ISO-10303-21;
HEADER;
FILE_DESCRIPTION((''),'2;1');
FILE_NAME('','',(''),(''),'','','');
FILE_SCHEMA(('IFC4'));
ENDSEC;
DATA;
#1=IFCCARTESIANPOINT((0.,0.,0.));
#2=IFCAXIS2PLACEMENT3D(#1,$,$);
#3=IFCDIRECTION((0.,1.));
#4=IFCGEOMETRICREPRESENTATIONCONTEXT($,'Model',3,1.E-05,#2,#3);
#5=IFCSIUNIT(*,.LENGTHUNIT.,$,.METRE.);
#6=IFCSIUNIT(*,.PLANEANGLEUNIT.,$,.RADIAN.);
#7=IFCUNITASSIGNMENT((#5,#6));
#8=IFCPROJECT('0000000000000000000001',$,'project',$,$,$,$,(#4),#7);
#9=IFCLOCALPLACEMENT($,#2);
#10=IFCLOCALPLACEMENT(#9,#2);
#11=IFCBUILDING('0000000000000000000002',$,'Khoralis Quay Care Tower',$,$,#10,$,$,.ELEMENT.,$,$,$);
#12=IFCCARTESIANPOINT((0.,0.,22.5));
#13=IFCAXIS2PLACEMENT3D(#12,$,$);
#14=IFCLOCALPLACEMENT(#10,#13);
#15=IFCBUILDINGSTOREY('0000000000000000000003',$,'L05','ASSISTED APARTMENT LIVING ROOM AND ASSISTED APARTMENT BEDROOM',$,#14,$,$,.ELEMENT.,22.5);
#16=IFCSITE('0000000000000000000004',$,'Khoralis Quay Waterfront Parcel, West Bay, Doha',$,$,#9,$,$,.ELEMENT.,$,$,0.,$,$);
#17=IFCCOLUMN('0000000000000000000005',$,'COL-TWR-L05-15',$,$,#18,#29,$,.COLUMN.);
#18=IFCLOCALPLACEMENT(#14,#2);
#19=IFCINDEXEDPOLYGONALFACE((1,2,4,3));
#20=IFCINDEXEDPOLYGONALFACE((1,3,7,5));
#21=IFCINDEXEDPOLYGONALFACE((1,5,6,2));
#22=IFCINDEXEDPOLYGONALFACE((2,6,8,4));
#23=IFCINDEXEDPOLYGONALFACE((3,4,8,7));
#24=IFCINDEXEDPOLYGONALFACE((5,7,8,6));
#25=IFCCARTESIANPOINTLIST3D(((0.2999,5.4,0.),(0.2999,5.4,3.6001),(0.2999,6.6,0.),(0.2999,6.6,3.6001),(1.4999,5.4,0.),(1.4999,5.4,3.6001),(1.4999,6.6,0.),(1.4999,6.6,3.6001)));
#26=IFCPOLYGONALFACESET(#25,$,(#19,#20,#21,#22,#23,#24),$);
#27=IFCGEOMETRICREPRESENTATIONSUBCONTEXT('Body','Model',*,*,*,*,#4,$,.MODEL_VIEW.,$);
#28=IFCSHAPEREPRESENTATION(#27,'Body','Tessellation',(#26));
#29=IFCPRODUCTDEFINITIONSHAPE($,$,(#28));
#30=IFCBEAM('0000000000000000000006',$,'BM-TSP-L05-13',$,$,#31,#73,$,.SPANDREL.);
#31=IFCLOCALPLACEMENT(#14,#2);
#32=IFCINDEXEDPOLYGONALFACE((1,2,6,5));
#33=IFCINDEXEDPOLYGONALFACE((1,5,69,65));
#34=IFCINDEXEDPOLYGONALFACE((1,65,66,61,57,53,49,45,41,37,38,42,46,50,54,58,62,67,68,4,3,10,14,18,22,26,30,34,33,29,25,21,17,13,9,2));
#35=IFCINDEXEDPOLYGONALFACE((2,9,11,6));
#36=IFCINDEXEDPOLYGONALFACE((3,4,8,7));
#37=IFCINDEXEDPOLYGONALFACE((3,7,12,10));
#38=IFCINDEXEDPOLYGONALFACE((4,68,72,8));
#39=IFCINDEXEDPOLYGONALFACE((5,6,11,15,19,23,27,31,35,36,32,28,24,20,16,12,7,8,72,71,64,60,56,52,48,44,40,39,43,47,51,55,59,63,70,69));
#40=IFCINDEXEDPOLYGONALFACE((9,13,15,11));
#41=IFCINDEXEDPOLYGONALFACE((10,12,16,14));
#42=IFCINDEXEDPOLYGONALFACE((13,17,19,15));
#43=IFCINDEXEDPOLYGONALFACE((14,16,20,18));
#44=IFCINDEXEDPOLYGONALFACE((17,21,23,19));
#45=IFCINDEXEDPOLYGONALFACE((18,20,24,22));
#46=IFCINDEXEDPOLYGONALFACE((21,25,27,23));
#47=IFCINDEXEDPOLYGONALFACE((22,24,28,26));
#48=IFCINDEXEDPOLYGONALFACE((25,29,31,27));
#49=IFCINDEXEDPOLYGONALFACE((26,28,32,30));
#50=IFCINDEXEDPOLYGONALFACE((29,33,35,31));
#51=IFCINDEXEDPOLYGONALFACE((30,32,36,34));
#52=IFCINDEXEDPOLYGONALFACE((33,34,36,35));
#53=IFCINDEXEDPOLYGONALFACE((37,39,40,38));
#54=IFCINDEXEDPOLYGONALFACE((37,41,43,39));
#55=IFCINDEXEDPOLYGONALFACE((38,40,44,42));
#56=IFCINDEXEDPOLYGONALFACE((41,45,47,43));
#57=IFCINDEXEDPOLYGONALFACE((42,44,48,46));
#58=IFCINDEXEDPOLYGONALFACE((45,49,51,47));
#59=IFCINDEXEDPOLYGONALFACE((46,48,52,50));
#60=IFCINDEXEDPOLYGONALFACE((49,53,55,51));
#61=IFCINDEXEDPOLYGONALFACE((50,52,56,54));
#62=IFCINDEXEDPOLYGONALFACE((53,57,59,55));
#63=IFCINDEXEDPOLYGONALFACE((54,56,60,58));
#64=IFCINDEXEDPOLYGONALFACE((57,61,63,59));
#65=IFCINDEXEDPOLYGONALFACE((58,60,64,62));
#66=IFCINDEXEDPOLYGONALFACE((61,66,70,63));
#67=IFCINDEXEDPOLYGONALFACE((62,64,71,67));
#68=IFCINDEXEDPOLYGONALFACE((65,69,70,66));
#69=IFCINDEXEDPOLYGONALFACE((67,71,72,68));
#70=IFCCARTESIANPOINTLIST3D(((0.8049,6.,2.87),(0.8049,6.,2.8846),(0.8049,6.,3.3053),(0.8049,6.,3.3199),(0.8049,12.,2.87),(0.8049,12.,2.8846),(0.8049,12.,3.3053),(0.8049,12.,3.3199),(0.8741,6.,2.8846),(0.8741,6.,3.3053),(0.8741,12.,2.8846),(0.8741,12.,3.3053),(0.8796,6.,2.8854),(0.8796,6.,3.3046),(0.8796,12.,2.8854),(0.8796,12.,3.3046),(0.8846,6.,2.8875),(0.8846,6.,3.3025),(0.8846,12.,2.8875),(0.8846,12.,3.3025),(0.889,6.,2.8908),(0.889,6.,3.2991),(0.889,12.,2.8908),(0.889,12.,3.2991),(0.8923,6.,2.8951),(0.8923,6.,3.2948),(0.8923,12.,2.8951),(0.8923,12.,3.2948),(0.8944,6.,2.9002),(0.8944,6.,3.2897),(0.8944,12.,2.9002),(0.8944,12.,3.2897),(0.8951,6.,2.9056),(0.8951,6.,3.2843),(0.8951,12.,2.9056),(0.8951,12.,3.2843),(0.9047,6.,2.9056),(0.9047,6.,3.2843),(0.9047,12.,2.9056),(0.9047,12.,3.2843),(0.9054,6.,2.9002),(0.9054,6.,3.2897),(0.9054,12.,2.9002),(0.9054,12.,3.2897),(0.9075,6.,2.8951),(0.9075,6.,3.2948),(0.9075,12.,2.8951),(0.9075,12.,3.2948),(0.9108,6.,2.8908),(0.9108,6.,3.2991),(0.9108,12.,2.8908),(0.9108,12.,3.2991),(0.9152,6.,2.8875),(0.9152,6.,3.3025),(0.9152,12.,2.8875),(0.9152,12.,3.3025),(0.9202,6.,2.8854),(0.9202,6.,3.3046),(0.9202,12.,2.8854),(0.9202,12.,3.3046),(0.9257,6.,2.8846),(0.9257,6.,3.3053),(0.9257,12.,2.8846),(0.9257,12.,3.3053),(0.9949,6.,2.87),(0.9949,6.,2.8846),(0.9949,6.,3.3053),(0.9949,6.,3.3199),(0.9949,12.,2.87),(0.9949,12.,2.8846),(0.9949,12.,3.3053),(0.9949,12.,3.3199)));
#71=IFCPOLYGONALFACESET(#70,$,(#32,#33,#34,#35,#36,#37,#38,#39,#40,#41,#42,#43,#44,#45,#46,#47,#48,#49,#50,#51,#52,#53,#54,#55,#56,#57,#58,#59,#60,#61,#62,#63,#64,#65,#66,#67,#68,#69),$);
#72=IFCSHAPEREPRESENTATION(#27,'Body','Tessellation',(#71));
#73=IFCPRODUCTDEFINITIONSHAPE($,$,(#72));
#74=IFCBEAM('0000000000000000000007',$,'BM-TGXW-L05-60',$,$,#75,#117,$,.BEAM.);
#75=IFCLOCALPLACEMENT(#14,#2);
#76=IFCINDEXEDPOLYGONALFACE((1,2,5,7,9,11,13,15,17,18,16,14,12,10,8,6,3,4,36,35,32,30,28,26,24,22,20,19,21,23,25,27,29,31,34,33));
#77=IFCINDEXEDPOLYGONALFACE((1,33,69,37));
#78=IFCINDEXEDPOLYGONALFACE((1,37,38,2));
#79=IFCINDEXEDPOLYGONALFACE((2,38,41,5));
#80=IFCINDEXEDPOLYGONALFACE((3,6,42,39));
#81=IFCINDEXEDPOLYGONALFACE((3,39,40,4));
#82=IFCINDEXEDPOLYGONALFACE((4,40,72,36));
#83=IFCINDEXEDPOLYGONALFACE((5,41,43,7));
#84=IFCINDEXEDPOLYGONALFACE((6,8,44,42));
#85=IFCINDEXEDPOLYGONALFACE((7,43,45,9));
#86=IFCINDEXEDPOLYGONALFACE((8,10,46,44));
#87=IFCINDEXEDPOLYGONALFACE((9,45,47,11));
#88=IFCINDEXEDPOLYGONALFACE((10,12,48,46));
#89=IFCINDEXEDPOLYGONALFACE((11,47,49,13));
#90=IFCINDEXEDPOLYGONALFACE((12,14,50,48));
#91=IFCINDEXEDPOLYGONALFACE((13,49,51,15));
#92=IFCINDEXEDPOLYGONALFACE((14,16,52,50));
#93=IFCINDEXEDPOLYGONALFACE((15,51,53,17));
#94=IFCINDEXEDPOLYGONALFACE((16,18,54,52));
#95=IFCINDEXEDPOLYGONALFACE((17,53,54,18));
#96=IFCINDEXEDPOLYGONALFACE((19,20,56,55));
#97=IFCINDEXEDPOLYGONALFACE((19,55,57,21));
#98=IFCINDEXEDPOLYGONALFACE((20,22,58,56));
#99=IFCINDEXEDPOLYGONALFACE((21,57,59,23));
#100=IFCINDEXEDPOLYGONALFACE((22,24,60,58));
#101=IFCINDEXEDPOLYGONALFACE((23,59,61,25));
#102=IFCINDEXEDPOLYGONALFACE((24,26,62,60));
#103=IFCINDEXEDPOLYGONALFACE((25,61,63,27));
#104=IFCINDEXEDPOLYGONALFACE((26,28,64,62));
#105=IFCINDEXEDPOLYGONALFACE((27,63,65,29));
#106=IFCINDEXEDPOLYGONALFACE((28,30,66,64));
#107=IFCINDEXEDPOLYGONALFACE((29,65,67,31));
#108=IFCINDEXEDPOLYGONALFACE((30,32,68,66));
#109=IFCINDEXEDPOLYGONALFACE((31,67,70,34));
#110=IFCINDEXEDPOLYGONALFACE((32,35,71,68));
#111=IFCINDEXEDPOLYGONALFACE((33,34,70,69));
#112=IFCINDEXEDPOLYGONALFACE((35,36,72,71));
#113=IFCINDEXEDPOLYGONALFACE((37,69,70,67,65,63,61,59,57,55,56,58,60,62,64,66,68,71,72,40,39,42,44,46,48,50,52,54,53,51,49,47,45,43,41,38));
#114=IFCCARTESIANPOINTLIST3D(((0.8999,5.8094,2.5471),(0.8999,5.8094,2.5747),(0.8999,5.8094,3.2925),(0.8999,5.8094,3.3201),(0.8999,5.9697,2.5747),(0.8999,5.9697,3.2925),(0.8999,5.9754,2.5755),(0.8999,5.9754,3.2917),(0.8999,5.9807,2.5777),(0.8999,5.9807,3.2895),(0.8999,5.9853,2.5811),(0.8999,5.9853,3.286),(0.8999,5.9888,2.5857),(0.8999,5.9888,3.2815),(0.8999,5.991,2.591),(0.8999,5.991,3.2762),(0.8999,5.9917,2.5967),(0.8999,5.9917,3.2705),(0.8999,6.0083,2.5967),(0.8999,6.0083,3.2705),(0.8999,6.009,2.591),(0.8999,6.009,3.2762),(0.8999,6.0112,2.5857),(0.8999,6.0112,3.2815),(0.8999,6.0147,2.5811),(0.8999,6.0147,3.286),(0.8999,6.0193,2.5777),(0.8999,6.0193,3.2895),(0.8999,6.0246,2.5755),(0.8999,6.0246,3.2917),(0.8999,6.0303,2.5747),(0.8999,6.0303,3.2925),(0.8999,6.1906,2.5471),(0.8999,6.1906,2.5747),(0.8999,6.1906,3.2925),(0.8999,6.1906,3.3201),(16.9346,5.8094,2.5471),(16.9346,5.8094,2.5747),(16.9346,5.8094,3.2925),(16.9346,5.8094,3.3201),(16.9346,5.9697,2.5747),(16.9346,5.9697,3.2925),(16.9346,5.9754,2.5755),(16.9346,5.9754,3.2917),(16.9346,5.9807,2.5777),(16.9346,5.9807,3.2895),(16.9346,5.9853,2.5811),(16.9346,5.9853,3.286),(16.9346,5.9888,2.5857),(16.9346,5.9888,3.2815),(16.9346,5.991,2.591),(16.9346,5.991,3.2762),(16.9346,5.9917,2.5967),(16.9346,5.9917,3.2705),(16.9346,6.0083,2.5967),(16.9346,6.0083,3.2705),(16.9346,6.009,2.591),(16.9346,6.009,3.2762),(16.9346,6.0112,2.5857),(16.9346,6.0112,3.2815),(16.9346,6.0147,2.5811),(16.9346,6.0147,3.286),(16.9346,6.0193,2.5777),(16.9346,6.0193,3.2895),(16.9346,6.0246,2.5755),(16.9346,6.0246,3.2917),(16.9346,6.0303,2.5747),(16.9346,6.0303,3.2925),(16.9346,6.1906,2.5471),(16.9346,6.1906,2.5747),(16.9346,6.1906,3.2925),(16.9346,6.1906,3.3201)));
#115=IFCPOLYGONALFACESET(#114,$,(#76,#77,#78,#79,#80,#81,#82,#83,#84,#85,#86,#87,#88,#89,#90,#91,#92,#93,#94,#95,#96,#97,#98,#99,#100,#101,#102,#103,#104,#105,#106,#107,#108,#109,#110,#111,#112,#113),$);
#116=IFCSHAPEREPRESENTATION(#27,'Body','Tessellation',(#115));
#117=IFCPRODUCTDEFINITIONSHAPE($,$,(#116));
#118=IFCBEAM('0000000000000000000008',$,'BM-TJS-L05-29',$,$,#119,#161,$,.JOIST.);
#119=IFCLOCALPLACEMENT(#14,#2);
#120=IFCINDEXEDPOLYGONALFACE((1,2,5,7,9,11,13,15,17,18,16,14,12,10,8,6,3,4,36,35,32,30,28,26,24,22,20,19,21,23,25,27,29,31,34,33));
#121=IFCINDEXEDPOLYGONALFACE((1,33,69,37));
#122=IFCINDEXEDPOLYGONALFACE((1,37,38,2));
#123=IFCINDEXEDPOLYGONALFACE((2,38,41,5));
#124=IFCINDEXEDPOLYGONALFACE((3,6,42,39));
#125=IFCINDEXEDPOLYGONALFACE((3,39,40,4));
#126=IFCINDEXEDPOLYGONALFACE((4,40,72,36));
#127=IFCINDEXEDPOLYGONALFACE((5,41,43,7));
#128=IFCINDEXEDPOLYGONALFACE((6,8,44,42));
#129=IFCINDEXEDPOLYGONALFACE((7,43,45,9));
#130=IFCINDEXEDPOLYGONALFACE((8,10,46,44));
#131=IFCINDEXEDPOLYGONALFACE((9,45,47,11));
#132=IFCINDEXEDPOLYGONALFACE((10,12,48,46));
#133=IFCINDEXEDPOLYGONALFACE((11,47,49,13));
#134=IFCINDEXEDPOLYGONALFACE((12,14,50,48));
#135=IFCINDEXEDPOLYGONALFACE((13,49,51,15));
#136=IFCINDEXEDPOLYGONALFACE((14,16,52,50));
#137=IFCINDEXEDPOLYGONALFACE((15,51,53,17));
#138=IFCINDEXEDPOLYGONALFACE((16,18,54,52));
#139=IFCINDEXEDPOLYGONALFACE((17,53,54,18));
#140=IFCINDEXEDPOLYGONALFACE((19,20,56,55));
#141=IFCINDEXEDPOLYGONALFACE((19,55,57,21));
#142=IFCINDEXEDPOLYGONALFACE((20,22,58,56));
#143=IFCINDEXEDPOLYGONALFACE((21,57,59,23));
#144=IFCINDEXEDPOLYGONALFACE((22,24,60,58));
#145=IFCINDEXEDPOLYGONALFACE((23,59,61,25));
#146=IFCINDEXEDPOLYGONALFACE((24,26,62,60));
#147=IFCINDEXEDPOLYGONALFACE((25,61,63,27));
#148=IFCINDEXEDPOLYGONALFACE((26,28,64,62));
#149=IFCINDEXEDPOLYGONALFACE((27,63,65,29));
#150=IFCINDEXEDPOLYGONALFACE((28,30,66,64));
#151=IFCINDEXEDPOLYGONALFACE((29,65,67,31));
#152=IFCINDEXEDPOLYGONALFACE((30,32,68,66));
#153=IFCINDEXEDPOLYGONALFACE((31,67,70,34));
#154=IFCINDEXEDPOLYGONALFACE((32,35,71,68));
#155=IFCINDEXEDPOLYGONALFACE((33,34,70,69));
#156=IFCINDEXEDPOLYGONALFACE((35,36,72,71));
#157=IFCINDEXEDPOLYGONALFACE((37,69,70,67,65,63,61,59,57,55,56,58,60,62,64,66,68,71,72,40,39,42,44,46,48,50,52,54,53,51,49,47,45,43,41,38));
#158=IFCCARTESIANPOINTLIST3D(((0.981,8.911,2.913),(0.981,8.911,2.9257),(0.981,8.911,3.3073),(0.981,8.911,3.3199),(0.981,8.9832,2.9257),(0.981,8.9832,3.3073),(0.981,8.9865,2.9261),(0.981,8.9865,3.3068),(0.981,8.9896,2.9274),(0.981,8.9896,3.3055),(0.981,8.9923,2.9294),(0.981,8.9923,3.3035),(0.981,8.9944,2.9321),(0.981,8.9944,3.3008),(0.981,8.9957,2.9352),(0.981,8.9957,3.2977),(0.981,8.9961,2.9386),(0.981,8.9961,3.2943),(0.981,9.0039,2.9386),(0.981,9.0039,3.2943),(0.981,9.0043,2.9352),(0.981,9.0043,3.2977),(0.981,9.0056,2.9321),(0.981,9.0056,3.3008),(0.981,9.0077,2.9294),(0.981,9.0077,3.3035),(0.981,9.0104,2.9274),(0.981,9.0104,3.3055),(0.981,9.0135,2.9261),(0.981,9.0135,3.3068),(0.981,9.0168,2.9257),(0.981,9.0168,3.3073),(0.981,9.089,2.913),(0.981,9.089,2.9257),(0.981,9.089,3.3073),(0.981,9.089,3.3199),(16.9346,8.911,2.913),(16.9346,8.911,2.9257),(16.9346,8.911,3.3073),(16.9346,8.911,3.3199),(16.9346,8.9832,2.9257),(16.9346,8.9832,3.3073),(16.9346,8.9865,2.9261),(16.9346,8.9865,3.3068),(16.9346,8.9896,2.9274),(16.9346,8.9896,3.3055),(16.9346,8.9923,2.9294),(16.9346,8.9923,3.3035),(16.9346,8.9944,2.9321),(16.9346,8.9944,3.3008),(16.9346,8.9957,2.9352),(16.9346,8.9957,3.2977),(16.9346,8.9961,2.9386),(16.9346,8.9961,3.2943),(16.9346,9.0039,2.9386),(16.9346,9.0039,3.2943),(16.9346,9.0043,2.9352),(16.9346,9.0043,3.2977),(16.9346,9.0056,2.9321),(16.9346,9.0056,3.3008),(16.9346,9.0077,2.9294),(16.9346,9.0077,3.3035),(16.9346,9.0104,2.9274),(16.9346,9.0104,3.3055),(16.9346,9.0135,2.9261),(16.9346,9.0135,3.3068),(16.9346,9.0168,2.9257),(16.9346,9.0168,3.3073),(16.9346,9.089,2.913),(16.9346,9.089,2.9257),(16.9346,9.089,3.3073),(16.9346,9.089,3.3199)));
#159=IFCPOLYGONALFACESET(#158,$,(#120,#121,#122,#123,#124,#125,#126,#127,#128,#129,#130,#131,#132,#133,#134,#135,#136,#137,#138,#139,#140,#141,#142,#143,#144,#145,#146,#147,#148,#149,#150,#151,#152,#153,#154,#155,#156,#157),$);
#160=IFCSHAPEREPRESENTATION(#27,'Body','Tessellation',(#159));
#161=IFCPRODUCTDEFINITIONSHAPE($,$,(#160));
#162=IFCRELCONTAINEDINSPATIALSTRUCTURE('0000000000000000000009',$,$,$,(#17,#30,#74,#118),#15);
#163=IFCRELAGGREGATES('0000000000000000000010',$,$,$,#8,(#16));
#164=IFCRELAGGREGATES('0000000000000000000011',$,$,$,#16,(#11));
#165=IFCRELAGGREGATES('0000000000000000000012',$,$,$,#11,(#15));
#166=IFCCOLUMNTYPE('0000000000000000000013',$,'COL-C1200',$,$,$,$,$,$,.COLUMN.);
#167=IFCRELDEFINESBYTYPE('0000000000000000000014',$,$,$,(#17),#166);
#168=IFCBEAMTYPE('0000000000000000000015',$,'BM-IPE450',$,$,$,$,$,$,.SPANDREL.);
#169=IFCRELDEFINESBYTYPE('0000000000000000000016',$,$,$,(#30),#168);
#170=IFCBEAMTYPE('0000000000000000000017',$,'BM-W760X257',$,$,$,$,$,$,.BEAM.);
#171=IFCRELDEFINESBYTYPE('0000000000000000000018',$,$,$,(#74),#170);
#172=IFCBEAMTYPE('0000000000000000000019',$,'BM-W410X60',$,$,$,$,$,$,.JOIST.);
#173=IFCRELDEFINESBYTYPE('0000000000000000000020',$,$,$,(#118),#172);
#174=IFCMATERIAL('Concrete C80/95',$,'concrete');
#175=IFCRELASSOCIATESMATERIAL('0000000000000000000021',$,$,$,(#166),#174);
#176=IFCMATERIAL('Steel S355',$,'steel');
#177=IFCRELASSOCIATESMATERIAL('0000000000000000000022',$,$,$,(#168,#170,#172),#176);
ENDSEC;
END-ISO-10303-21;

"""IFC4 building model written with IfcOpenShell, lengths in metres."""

from ifc_helpers import new_model, si_unit, direction, frame, origin, origin_2d, place, context, subcontext, project, spatial, rectangle, i_section, extrude, source, transform, mapped, material, material_profile, profile_set, type_object, element, save


model = new_model("IFC4")

# Units and contexts
model_context = context("Model", 3, precision=1e-05, world=origin(), true_north=direction((0.0, 1.0)))
body_context = subcontext(model_context, "Body", "Model", "MODEL_VIEW")
ifc_project = project(units=[si_unit("LENGTHUNIT", "METRE"), si_unit("PLANEANGLEUNIT", "RADIAN")], contexts=[model_context])

# Site, building, storey
site_placement = place(None, origin())
site = spatial("IfcSite", under=ifc_project, at=site_placement, Name="Khoralis Quay Waterfront Parcel, West Bay, Doha", CompositionType="ELEMENT", RefElevation=0.0)
building_placement = place(site_placement, origin())
building = spatial("IfcBuilding", under=site, at=building_placement, Name="Khoralis Quay Care Tower", CompositionType="ELEMENT")
storey_placement = place(building_placement, frame((0.0, 0.0, 22.5)))
storey = spatial("IfcBuildingStorey", under=building, at=storey_placement, Name="L05", Description="ASSISTED APARTMENT LIVING ROOM AND ASSISTED APARTMENT BEDROOM", CompositionType="ELEMENT", Elevation=22.5)

# Column
ifc_material_1 = material(Name="Concrete C80/95", Category="concrete")
ifc_material_profile_1 = material_profile(ifc_material_1, rectangle(XDim=1.2, YDim=1.2, at=origin_2d()), Name="Concrete C80/95")
ifc_profile_set_1 = profile_set([ifc_material_profile_1], Name="Concrete C80/95")
column_type = type_object("IfcColumnType", Name="COL-C1200", PredefinedType="COLUMN", material=ifc_profile_set_1)
shared_shape_1 = source(origin(), body_context, "Body", "SweptSolid", [
    extrude(rectangle(XDim=1.2, YDim=1.2, at=origin_2d()), origin(), (0.0, 0.0, 1.0), 3.6001),
])
column_placement = place(storey_placement, frame((0.8999, 6.0, 0.0), z_axis=(0.0, 0.0, 1.0), x_axis=(1.0, 0.0, 0.0)))
element("IfcColumn", 1, at=column_placement, inside=storey, type_object=column_type, Name="COL-TWR-L05-15", PredefinedType="COLUMN", context=body_context, shape_type="MappedRepresentation", body=[
    mapped(shared_shape_1, transform((0.0, 0.0, 0.0), scale=1.0)),
])

# Beams
ifc_material_2 = material(Name="Steel S355", Category="steel")
ifc_material_profile_2 = material_profile(ifc_material_2, i_section(OverallWidth=0.1899, OverallDepth=0.45, WebThickness=0.0095, FlangeThickness=0.0146, FilletRadius=0.021, at=origin_2d()), Name="Steel S355")
ifc_profile_set_2 = profile_set([ifc_material_profile_2], Name="Steel S355")
beam_type_1 = type_object("IfcBeamType", Name="BM-IPE450", PredefinedType="SPANDREL", material=ifc_profile_set_2)
shared_shape_2 = source(origin(), body_context, "Body", "SweptSolid", [
    extrude(i_section(OverallWidth=0.1899, OverallDepth=0.45, WebThickness=0.0095, FlangeThickness=0.0146, FilletRadius=0.021, at=origin_2d()), origin(), (0.0, 0.0, 1.0), 6.0),
])
beam_1_placement = place(storey_placement, frame((0.8999, 6.0, 3.095), z_axis=(0.0, 1.0, 0.0), x_axis=(-1.0, 0.0, 0.0)))
element("IfcBeam", 2, at=beam_1_placement, inside=storey, type_object=beam_type_1, Name="BM-TSP-L05-13", PredefinedType="SPANDREL", context=body_context, shape_type="MappedRepresentation", body=[
    mapped(shared_shape_2, transform((0.0, 0.0, 0.0), scale=1.0)),
])
ifc_material_profile_3 = material_profile(ifc_material_2, i_section(OverallWidth=0.3811, OverallDepth=0.7729, WebThickness=0.0166, FlangeThickness=0.0276, FilletRadius=0.022, at=origin_2d()), Name="Steel S355")
ifc_profile_set_3 = profile_set([ifc_material_profile_3], Name="Steel S355")
beam_type_2 = type_object("IfcBeamType", Name="BM-W760X257", PredefinedType="BEAM", material=ifc_profile_set_3)
shared_shape_3 = source(origin(), body_context, "Body", "SweptSolid", [
    extrude(i_section(OverallWidth=0.3811, OverallDepth=0.7729, WebThickness=0.0166, FlangeThickness=0.0276, FilletRadius=0.022, at=origin_2d()), origin(), (0.0, 0.0, 1.0), 16.0347),
])
beam_2_placement = place(storey_placement, frame((0.8999, 6.0, 2.9336), z_axis=(1.0, 0.0, 0.0), x_axis=(0.0, 1.0, 0.0)))
element("IfcBeam", 3, at=beam_2_placement, inside=storey, type_object=beam_type_2, Name="BM-TGXW-L05-60", PredefinedType="BEAM", context=body_context, shape_type="MappedRepresentation", body=[
    mapped(shared_shape_3, transform((0.0, 0.0, 0.0), scale=1.0)),
])
ifc_material_profile_4 = material_profile(ifc_material_2, i_section(OverallWidth=0.178, OverallDepth=0.407, WebThickness=0.0078, FlangeThickness=0.0127, FilletRadius=0.0129, at=origin_2d()), Name="Steel S355")
ifc_profile_set_4 = profile_set([ifc_material_profile_4], Name="Steel S355")
beam_type_3 = type_object("IfcBeamType", Name="BM-W410X60", PredefinedType="JOIST", material=ifc_profile_set_4)
shared_shape_4 = source(origin(), body_context, "Body", "SweptSolid", [
    extrude(i_section(OverallWidth=0.178, OverallDepth=0.407, WebThickness=0.0078, FlangeThickness=0.0127, FilletRadius=0.0129, at=origin_2d()), origin(), (0.0, 0.0, 1.0), 15.9536),
])
beam_3_placement = place(storey_placement, frame((0.981, 9.0, 3.1165), z_axis=(1.0, 0.0, 0.0), x_axis=(0.0, 1.0, 0.0)))
element("IfcBeam", 4, at=beam_3_placement, inside=storey, type_object=beam_type_3, Name="BM-TJS-L05-29", PredefinedType="JOIST", context=body_context, shape_type="MappedRepresentation", body=[
    mapped(shared_shape_4, transform((0.0, 0.0, 0.0), scale=1.0)),
])

save(model, "model.ifc")
